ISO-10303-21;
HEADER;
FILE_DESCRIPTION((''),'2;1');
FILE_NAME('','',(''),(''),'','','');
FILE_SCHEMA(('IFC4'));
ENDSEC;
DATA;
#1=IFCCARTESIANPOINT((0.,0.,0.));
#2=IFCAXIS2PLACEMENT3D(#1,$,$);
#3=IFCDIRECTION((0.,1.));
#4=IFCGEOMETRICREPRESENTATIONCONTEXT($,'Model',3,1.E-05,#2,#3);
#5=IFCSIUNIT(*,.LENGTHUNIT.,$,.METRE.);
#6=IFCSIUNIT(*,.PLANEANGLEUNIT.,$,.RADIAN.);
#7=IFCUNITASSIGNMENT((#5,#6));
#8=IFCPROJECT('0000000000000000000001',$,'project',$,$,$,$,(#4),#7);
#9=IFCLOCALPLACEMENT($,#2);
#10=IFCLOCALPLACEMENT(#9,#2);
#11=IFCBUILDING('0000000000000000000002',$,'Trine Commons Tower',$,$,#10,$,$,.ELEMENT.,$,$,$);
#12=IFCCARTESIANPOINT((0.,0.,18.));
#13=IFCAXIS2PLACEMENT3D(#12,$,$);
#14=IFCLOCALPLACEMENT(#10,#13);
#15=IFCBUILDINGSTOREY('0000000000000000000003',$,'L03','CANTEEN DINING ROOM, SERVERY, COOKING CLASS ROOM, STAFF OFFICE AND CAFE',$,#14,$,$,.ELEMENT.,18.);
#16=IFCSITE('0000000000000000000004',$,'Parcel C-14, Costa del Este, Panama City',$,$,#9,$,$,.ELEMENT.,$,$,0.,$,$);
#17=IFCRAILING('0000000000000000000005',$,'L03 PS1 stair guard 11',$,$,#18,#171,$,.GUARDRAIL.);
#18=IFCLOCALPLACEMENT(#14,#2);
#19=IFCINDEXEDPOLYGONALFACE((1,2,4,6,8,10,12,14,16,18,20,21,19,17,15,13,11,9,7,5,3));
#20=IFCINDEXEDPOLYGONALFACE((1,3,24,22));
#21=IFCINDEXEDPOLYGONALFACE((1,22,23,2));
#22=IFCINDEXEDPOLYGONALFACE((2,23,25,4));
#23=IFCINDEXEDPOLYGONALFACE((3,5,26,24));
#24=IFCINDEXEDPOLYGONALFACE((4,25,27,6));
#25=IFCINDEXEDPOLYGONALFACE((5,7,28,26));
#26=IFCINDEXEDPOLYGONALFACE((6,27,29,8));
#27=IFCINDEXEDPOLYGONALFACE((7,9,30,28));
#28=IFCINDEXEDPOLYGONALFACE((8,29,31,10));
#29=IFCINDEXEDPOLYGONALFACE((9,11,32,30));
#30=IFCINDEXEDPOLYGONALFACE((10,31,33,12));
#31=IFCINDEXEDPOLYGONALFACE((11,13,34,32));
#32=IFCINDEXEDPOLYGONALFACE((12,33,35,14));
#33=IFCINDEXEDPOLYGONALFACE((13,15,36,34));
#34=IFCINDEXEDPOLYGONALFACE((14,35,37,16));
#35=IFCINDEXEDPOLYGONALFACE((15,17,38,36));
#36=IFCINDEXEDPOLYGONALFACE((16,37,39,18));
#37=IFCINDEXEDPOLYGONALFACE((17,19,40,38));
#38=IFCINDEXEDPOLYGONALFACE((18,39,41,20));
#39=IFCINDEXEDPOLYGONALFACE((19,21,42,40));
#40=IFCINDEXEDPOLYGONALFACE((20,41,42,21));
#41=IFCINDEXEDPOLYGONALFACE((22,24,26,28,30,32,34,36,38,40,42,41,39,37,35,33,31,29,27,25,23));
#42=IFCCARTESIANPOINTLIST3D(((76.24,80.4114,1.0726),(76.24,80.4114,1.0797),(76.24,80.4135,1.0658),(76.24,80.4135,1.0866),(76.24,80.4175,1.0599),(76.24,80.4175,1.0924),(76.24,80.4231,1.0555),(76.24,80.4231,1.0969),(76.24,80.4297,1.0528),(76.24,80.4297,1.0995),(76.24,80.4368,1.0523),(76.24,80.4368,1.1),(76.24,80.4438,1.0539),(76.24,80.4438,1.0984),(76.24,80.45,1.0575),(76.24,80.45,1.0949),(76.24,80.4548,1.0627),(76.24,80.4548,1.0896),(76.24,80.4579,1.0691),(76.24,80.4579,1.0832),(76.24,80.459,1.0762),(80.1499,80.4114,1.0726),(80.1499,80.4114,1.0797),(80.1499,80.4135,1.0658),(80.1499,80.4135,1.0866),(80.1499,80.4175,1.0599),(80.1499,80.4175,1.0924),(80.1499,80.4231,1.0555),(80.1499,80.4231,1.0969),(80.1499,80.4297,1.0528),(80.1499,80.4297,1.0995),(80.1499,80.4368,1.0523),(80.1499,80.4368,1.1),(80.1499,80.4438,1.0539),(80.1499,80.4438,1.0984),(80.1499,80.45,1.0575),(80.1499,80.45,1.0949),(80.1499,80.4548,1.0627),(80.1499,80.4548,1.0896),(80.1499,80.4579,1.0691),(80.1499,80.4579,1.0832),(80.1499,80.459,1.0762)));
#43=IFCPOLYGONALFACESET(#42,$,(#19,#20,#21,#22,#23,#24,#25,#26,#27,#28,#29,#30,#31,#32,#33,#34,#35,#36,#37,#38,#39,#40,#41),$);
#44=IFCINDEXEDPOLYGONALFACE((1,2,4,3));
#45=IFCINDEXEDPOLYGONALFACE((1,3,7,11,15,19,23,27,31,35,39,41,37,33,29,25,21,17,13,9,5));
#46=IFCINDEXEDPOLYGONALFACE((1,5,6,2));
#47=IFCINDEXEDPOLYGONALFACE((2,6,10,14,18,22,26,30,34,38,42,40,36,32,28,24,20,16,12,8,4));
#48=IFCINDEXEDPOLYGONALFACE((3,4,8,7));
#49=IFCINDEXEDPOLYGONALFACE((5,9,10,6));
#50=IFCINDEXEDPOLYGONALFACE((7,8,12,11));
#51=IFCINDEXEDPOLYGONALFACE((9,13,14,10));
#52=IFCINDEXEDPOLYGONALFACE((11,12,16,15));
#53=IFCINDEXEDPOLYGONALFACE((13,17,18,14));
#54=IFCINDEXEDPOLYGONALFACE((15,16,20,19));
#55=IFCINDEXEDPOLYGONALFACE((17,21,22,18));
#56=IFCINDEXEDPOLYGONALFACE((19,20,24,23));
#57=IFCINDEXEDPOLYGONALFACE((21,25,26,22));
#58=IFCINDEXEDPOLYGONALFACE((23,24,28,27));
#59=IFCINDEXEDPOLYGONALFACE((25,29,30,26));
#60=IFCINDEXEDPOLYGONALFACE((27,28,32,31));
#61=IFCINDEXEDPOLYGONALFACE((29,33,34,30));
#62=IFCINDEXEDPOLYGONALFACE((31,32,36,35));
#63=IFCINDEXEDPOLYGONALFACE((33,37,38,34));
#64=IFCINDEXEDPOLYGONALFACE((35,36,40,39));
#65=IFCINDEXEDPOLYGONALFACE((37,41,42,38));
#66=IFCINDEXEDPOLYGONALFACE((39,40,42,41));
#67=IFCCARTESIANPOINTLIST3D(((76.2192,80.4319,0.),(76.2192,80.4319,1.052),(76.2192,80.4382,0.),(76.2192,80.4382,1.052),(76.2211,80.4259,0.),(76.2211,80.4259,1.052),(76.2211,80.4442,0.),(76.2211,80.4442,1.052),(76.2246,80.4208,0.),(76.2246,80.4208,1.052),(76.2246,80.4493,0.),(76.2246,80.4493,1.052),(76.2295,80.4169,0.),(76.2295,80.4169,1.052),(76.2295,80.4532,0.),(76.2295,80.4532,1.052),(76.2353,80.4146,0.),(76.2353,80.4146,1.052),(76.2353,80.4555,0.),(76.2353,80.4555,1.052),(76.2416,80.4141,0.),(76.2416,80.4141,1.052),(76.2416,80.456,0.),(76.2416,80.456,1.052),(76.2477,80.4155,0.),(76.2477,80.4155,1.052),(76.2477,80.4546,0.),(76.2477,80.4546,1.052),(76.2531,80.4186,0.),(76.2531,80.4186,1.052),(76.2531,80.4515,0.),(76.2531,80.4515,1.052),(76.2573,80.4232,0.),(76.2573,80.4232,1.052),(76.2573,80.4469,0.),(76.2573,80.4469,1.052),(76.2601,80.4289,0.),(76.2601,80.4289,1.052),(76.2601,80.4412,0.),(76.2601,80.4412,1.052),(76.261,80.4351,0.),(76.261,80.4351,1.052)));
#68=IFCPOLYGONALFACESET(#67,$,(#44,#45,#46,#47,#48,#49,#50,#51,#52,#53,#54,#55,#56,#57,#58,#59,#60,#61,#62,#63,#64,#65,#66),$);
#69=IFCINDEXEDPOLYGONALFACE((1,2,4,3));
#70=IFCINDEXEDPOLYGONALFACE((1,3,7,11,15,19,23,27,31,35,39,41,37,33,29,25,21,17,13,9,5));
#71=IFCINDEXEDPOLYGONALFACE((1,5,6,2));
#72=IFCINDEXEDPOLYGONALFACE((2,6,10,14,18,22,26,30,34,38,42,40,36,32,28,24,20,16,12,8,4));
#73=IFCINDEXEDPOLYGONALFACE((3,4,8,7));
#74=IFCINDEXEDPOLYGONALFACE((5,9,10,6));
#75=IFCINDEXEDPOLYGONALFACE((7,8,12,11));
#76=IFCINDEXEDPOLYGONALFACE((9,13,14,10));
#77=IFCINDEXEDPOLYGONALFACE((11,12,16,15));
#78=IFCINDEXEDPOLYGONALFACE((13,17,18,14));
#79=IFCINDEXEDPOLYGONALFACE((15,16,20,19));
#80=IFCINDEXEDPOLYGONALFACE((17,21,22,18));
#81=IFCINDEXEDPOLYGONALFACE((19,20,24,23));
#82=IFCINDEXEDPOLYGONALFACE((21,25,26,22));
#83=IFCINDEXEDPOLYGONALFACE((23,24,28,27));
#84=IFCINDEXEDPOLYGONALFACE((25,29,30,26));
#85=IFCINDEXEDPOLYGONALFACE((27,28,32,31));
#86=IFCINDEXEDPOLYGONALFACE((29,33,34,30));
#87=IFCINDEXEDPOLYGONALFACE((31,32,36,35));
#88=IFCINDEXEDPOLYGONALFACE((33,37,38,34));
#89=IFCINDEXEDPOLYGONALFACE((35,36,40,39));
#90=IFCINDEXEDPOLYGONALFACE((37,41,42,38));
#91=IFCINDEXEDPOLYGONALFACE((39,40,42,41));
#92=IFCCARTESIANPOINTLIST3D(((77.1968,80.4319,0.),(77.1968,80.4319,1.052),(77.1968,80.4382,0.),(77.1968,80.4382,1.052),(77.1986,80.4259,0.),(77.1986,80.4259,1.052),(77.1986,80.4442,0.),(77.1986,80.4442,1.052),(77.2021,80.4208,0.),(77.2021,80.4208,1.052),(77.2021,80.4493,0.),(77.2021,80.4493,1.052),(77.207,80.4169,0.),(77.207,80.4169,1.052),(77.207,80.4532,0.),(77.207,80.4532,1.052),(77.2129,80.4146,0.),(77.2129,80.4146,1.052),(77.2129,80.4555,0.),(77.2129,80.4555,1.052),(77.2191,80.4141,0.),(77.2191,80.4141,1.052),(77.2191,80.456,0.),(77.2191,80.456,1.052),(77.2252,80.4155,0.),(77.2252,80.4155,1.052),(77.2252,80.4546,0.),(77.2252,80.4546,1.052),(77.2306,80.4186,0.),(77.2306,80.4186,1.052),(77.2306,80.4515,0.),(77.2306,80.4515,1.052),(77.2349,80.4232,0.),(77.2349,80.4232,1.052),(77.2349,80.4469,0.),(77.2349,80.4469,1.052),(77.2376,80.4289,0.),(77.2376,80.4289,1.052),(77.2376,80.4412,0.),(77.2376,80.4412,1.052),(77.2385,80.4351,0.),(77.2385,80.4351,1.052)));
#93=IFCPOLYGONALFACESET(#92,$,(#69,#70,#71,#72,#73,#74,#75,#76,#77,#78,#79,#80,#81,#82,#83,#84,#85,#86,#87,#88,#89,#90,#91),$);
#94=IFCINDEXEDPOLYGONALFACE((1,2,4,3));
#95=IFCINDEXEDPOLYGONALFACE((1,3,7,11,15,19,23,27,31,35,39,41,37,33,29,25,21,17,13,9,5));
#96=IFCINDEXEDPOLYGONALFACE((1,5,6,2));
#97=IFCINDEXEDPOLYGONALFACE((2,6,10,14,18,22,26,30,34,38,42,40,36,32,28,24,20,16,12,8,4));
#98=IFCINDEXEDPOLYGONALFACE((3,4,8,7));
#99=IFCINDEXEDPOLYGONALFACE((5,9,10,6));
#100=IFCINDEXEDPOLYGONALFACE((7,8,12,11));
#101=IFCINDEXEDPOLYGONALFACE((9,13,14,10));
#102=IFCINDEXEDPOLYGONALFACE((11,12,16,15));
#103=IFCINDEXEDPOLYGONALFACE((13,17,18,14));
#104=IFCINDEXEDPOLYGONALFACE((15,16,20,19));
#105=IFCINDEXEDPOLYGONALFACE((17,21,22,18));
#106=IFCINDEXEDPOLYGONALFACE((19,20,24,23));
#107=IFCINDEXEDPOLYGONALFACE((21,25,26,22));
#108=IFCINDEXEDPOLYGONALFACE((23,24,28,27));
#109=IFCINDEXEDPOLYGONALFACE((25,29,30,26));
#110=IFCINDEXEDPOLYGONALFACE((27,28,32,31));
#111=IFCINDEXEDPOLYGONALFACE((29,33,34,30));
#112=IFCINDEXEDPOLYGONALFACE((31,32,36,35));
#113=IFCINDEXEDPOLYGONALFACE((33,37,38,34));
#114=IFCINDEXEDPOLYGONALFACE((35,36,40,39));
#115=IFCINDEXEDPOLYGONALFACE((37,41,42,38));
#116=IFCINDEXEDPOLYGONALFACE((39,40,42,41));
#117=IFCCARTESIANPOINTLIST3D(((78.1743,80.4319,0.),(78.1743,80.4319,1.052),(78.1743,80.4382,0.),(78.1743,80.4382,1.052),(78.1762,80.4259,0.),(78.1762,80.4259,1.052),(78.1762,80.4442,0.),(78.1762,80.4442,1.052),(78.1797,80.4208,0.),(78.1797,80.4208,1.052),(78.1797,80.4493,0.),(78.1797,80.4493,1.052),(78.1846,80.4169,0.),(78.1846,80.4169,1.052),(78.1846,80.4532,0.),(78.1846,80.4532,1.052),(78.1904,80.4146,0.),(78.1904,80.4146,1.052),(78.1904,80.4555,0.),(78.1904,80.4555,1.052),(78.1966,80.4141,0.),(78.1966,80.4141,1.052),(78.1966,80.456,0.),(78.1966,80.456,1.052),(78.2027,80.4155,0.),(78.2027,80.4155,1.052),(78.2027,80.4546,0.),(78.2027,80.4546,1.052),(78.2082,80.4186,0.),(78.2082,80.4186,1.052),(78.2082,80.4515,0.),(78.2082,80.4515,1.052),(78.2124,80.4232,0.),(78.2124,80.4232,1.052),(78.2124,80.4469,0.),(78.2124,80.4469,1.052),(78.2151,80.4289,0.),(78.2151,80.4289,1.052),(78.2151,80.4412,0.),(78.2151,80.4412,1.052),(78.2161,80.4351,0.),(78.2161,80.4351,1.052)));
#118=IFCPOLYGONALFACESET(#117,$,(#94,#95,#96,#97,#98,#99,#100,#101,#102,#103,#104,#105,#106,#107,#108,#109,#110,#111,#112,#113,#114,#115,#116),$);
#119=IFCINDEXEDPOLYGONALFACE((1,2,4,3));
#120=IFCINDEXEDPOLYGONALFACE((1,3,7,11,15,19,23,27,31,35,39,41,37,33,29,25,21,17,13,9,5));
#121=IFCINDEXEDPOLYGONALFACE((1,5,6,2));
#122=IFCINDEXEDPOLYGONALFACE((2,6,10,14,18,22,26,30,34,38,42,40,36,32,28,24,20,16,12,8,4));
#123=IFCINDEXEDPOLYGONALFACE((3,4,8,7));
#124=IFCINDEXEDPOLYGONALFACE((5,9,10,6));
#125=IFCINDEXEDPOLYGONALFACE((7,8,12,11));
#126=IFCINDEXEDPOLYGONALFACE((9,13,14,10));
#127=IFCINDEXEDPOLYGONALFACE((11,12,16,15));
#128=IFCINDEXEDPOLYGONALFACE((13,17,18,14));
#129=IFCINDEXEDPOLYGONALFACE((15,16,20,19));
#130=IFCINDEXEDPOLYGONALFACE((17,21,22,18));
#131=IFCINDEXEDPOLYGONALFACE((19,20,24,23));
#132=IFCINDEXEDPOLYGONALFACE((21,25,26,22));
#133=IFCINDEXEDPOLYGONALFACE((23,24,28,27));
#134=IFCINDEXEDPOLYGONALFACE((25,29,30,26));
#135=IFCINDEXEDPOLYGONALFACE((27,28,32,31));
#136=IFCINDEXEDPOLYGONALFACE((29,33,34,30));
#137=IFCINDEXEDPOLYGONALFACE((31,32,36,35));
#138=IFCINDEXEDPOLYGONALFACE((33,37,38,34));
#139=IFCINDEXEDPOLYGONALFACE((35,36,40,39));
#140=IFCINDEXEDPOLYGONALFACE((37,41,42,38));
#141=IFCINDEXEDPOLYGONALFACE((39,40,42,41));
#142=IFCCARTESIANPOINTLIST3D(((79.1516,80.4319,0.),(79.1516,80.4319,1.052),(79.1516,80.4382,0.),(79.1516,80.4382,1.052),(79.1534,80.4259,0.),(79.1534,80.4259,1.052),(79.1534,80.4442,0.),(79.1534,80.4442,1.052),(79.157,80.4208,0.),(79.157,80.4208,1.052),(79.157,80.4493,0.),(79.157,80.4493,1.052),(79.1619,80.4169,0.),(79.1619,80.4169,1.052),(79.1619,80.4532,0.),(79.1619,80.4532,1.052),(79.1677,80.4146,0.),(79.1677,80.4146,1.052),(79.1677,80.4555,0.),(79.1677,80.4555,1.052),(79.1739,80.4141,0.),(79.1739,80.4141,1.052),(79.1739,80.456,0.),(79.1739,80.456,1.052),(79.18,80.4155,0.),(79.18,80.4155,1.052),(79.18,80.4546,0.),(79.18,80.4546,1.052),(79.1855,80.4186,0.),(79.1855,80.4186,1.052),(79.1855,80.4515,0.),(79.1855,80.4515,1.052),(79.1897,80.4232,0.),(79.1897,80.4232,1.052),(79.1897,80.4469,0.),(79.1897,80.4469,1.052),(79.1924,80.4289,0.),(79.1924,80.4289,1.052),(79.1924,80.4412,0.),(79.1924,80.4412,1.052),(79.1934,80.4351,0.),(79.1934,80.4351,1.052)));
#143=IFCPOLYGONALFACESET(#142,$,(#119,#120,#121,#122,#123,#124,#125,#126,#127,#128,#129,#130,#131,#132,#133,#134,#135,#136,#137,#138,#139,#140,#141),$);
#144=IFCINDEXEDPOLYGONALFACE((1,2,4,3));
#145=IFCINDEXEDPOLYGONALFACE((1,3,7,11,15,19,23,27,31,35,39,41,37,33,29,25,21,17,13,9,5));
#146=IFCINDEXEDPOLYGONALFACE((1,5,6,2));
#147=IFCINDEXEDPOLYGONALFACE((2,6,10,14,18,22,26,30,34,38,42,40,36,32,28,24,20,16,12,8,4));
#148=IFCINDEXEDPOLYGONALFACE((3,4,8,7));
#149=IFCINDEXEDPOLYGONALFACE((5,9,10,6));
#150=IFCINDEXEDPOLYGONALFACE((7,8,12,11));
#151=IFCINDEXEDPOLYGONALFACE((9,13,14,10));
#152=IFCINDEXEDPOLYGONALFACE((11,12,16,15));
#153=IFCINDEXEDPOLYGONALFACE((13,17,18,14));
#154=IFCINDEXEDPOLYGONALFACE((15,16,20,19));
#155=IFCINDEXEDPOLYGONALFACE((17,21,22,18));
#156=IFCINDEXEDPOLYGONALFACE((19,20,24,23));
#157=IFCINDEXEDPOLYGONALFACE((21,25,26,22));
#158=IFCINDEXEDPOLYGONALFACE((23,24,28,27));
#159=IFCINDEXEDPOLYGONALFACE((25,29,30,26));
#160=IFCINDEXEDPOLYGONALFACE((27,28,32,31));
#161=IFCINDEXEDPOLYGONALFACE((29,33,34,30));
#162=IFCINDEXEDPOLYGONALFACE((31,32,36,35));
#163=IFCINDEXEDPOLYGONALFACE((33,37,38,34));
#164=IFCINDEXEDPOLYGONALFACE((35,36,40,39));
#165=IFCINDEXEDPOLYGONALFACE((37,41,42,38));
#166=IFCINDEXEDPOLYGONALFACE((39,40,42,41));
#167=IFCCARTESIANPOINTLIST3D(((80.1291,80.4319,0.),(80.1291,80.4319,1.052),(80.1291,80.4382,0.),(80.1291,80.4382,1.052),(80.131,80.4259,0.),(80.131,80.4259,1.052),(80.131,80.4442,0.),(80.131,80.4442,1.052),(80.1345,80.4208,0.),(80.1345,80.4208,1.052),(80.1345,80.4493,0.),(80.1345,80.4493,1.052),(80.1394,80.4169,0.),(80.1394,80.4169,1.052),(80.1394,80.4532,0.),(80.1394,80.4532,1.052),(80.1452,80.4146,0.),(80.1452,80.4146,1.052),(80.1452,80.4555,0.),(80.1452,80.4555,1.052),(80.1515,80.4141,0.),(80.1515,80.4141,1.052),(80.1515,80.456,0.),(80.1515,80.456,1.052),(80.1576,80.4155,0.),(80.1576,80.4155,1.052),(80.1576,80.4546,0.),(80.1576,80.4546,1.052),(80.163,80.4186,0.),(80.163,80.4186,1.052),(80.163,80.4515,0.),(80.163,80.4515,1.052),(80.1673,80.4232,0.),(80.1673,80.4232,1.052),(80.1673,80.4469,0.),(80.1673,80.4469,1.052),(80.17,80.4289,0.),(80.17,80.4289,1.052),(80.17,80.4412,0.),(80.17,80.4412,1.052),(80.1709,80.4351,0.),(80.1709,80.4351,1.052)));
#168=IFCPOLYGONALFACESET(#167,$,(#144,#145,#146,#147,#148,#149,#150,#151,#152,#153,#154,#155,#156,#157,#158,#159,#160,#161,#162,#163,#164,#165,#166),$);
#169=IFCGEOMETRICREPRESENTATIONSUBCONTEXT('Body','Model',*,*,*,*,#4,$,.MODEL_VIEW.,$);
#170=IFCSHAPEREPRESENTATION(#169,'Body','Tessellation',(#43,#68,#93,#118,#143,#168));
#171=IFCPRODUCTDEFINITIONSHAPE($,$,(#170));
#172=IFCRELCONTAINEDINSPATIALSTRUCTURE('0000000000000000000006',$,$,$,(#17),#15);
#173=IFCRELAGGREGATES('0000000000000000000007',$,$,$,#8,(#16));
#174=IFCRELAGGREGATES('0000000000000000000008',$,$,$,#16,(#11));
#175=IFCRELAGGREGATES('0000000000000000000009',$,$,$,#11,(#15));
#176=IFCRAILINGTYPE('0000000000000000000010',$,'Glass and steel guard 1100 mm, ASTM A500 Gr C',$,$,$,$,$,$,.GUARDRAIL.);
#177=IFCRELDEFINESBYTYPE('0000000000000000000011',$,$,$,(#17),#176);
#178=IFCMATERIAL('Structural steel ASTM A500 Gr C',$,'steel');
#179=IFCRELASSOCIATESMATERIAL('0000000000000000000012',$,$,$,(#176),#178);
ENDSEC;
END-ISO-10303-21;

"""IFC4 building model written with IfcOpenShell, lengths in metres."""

from ifc_helpers import new_model, si_unit, direction, frame, origin, origin_2d, place, context, subcontext, project, spatial, circle, extrude, material, type_object, element, save


model = new_model("IFC4")

# Units and contexts
model_context = context("Model", 3, precision=1e-05, world=origin(), true_north=direction((0.0, 1.0)))
body_context = subcontext(model_context, "Body", "Model", "MODEL_VIEW")
ifc_project = project(units=[si_unit("LENGTHUNIT", "METRE"), si_unit("PLANEANGLEUNIT", "RADIAN")], contexts=[model_context])

# Site, building, storey
site_placement = place(None, origin())
site = spatial("IfcSite", under=ifc_project, at=site_placement, Name="Parcel C-14, Costa del Este, Panama City", CompositionType="ELEMENT", RefElevation=0.0)
building_placement = place(site_placement, origin())
building = spatial("IfcBuilding", under=site, at=building_placement, Name="Trine Commons Tower", CompositionType="ELEMENT")
storey_placement = place(building_placement, frame((0.0, 0.0, 18.0)))
storey = spatial("IfcBuildingStorey", under=building, at=storey_placement, Name="L03", Description="CANTEEN DINING ROOM, SERVERY, COOKING CLASS ROOM, STAFF OFFICE AND CAFE", CompositionType="ELEMENT", Elevation=18.0)

# Railing
ifc_material_1 = material(Name="Structural steel ASTM A500 Gr C", Category="steel")
railing_type_1 = type_object("IfcRailingType", Name="Glass and steel guard 1100 mm, ASTM A500 Gr C", PredefinedType="GUARDRAIL", material=ifc_material_1)
for number, where, name in (
    (1, (76.24, 80.4351, 0.0), "L03 PS1 stair guard 11"),
):
    element("IfcRailing", number, at=place(storey_placement, frame(where)), inside=storey, type_object=railing_type_1, Name=name, PredefinedType="GUARDRAIL", context=body_context, shape_type="SweptSolid", body=[
        extrude(circle(Radius=0.0239, at=origin_2d()), frame((0.0, 0.0, 1.0762), z_axis=(1.0, 0.0, 0.0), x_axis=(0.0, 1.0, 0.0)), (0.0, 0.0, 1.0), 3.9099),
        extrude(circle(Radius=0.021, at=origin_2d()), origin(), (0.0, 0.0, 1.0), 1.052),
        extrude(circle(Radius=0.021, at=origin_2d()), frame((0.9775, 0.0, 0.0)), (0.0, 0.0, 1.0), 1.052),
        extrude(circle(Radius=0.021, at=origin_2d()), frame((1.9551, 0.0, 0.0)), (0.0, 0.0, 1.0), 1.052),
        extrude(circle(Radius=0.021, at=origin_2d()), frame((2.9324, 0.0, 0.0)), (0.0, 0.0, 1.0), 1.052),
        extrude(circle(Radius=0.021, at=origin_2d()), frame((3.9099, 0.0, 0.0)), (0.0, 0.0, 1.0), 1.052),
    ])

save(model, "model.ifc")
